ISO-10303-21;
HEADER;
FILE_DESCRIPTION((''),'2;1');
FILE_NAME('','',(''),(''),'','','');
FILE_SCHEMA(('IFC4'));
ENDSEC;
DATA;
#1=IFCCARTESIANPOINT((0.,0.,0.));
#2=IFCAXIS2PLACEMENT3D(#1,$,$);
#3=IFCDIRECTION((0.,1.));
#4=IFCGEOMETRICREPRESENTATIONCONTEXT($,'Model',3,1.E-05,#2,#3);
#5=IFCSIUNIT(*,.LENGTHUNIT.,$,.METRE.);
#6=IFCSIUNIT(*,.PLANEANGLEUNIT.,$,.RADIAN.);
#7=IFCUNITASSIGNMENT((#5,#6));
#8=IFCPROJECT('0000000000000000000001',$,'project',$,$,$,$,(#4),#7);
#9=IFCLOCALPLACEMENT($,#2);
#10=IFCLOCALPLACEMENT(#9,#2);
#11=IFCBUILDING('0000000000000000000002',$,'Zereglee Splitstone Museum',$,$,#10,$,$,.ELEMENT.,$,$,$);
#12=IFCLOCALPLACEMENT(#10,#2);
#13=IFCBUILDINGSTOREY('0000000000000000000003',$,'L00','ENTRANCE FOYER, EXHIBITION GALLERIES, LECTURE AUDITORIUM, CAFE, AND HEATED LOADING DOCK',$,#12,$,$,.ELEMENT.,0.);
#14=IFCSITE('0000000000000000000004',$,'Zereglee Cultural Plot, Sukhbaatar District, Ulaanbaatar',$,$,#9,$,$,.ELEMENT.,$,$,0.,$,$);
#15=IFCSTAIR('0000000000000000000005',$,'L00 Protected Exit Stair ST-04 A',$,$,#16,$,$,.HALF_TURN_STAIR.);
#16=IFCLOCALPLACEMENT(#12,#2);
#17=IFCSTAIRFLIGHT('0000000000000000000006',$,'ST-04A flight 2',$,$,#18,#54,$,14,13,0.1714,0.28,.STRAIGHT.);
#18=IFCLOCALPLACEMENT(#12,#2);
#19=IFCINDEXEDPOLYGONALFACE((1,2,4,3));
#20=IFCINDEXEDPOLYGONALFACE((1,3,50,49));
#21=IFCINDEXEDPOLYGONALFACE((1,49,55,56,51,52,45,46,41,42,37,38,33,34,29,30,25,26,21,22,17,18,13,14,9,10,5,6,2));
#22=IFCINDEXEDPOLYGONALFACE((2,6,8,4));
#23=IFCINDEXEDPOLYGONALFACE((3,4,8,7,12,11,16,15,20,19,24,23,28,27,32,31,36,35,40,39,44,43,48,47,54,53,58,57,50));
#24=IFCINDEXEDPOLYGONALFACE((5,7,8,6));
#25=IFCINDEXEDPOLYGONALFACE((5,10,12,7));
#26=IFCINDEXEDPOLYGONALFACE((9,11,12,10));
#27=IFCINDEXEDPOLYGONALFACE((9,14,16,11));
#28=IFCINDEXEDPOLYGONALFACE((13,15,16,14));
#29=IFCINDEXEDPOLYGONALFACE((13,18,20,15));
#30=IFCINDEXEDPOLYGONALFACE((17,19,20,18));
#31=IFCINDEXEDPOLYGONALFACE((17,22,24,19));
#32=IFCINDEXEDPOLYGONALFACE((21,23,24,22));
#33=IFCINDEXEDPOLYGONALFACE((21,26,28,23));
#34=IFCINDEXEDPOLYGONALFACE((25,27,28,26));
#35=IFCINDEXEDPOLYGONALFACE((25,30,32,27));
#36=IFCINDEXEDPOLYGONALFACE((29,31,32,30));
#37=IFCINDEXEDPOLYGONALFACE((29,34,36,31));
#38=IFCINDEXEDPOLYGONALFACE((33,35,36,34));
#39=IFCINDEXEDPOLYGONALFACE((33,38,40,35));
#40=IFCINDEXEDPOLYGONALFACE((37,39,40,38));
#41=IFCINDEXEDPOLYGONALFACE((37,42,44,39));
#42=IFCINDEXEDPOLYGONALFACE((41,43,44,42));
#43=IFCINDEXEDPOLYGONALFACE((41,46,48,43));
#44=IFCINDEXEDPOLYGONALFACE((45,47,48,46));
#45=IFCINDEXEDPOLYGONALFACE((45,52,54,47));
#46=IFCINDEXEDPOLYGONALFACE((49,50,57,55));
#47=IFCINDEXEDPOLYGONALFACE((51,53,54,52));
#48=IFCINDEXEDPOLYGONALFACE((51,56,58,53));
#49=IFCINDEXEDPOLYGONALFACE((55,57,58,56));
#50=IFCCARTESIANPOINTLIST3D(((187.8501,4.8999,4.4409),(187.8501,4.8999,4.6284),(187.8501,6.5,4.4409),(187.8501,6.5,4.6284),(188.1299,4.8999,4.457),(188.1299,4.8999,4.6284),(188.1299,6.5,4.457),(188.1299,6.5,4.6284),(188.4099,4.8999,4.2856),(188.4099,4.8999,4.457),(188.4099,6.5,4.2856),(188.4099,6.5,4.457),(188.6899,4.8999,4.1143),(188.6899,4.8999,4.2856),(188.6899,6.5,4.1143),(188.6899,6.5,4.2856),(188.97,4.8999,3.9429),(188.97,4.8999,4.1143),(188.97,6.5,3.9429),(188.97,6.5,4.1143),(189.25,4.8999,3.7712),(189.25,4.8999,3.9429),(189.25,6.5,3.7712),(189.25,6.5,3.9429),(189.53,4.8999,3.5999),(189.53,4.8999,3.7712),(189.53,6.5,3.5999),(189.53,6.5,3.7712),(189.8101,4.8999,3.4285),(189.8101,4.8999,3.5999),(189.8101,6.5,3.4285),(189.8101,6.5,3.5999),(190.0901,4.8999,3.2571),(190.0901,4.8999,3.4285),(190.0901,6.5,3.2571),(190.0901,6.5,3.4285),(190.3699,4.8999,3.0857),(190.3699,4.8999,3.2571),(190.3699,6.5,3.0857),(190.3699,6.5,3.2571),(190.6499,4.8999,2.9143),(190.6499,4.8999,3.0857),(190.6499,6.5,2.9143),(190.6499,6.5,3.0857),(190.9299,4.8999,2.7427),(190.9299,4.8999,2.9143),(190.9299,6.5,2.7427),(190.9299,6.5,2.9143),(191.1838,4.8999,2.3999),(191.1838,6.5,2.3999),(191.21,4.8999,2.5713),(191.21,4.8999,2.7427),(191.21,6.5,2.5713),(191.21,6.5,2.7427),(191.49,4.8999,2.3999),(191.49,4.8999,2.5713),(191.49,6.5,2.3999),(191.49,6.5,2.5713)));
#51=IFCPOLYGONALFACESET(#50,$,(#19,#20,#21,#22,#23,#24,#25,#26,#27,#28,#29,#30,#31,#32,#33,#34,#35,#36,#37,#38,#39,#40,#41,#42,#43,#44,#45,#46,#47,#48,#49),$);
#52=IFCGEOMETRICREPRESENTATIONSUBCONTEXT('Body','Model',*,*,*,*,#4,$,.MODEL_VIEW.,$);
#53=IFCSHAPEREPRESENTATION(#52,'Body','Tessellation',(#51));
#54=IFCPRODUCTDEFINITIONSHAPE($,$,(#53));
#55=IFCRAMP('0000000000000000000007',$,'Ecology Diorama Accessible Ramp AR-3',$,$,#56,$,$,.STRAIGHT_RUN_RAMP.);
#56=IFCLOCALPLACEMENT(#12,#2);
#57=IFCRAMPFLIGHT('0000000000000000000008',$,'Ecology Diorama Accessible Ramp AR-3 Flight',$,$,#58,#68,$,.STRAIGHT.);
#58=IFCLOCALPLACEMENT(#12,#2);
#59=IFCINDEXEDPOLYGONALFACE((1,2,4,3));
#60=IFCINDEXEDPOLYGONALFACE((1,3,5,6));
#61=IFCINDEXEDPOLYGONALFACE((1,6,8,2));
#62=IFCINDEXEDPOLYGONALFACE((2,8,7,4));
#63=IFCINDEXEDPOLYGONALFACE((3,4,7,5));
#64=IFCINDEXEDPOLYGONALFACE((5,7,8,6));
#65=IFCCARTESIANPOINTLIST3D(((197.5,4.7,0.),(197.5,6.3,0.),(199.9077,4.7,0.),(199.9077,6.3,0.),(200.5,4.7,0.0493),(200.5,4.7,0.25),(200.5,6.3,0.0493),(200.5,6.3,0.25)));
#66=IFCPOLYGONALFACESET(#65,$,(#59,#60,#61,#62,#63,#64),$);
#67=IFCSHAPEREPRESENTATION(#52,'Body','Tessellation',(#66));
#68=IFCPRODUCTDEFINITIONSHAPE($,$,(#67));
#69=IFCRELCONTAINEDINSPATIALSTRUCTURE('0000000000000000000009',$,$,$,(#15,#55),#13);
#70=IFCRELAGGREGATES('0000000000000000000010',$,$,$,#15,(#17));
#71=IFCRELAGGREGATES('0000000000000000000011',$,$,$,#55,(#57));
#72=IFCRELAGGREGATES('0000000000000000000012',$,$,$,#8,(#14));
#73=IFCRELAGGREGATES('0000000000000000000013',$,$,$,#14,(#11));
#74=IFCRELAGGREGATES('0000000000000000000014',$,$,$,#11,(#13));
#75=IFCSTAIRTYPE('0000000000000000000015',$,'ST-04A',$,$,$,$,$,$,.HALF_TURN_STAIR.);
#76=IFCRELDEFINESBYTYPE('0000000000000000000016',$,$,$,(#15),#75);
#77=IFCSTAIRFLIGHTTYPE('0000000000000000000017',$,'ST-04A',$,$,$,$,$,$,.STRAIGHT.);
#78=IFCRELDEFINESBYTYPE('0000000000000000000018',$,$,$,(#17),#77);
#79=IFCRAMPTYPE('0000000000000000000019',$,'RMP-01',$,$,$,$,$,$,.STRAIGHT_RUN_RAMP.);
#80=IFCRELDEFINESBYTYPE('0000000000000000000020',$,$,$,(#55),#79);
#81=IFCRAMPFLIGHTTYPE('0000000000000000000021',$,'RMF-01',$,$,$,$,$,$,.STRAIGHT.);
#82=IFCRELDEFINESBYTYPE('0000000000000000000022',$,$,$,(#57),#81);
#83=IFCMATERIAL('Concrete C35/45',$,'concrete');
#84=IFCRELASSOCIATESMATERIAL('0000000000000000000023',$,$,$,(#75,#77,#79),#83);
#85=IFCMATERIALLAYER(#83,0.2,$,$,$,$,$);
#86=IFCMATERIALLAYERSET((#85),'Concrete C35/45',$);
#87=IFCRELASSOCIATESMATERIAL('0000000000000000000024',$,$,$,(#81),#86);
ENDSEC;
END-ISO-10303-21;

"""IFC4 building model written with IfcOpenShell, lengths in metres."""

from ifc_helpers import new_model, si_unit, direction, frame, origin, place, context, subcontext, project, spatial, polyline, outline, extrude, material, layer, layer_set, type_object, element, aggregate, save


model = new_model("IFC4")

# Units and contexts
model_context = context("Model", 3, precision=1e-05, world=origin(), true_north=direction((0.0, 1.0)))
body_context = subcontext(model_context, "Body", "Model", "MODEL_VIEW")
ifc_project = project(units=[si_unit("LENGTHUNIT", "METRE"), si_unit("PLANEANGLEUNIT", "RADIAN")], contexts=[model_context])

# Site, building, storey
site_placement = place(None, origin())
site = spatial("IfcSite", under=ifc_project, at=site_placement, Name="Zereglee Cultural Plot, Sukhbaatar District, Ulaanbaatar", CompositionType="ELEMENT", RefElevation=0.0)
building_placement = place(site_placement, origin())
building = spatial("IfcBuilding", under=site, at=building_placement, Name="Zereglee Splitstone Museum", CompositionType="ELEMENT")
storey_placement = place(building_placement, origin())
storey = spatial("IfcBuildingStorey", under=building, at=storey_placement, Name="L00", Description="ENTRANCE FOYER, EXHIBITION GALLERIES, LECTURE AUDITORIUM, CAFE, AND HEATED LOADING DOCK", CompositionType="ELEMENT", Elevation=0.0)

# Stair, stair flight
ifc_material_1 = material(Name="Concrete C35/45", Category="concrete")
stair_type = type_object("IfcStairType", Name="ST-04A", PredefinedType="HALF_TURN_STAIR", material=ifc_material_1)
stair_placement = place(storey_placement, origin())
stair = element("IfcStair", 1, at=stair_placement, inside=storey, type_object=stair_type, Name="L00 Protected Exit Stair ST-04 A", PredefinedType="HALF_TURN_STAIR")
stair_flight_type = type_object("IfcStairFlightType", Name="ST-04A", PredefinedType="STRAIGHT", material=ifc_material_1)
stair_flight_1_placement = place(storey_placement, frame((191.49, 5.7, 2.3999), z_axis=(0.0, 0.0, 1.0), x_axis=(-1.0, 0.0, 0.0)))
stair_flight_1 = element("IfcStairFlight", 2, at=stair_flight_1_placement, type_object=stair_flight_type, Name="ST-04A flight 2", NumberOfRisers=14, NumberOfTreads=13, PredefinedType="STRAIGHT", RiserHeight=0.1714, TreadLength=0.28, context=body_context, shape_type="SweptSolid", body=[
    extrude(outline(polyline([(0.0, 0.0), (0.0, 0.1714), (0.28, 0.1714), (0.28, 0.3428), (0.5601, 0.3428), (0.5601, 0.5144), (0.8401, 0.5144), (0.8401, 0.6858), (1.1201, 0.6858), (1.1201, 0.8572), (1.3999, 0.8572), (1.3999, 1.0286), (1.6799, 1.0286), (1.6799, 1.2), (1.96, 1.2), (1.96, 1.3713), (2.24, 1.3713), (2.24, 1.543), (2.52, 1.543), (2.52, 1.7144), (2.8, 1.7144), (2.8, 1.8857), (3.0801, 1.8857), (3.0801, 2.0571), (3.3601, 2.0571), (3.3601, 2.2285), (3.6399, 2.2285), (3.6399, 2.3999), (3.6399, 2.041), (0.3062, 0.0), (0.0, 0.0)])), frame((0.0, 0.8, 0.0), z_axis=(0.0, -1.0, 0.0), x_axis=(1.0, 0.0, 0.0)), (0.0, 0.0, 1.0), 1.6001),
])
aggregate(stair, [stair_flight_1])

# Ramp, ramp flight
ramp_type = type_object("IfcRampType", Name="RMP-01", PredefinedType="STRAIGHT_RUN_RAMP", material=ifc_material_1)
ramp_placement = place(storey_placement, origin())
ramp = element("IfcRamp", 3, at=ramp_placement, inside=storey, type_object=ramp_type, Name="Ecology Diorama Accessible Ramp AR-3", PredefinedType="STRAIGHT_RUN_RAMP")
ifc_layer_1 = layer(ifc_material_1, 0.2)
ifc_layer_set_1 = layer_set([ifc_layer_1], Name="Concrete C35/45")
ramp_flight_type = type_object("IfcRampFlightType", Name="RMF-01", PredefinedType="STRAIGHT", material=ifc_layer_set_1)
ramp_flight_placement = place(storey_placement, frame((197.5, 5.5, 0.0), z_axis=(0.0, 0.0, 1.0), x_axis=(1.0, 0.0, 0.0)))
ramp_flight = element("IfcRampFlight", 4, at=ramp_flight_placement, type_object=ramp_flight_type, Name="Ecology Diorama Accessible Ramp AR-3 Flight", PredefinedType="STRAIGHT", context=body_context, shape_type="SweptSolid", body=[
    extrude(outline(polyline([(0.0, 0.0), (3.0, 0.25), (3.0, 0.0493), (2.4077, 0.0), (0.0, 0.0)])), frame((0.0, 0.8, 0.0), z_axis=(0.0, -1.0, 0.0), x_axis=(1.0, 0.0, 0.0)), (0.0, 0.0, 1.0), 1.6001),
])
aggregate(ramp, [ramp_flight])

save(model, "model.ifc")
